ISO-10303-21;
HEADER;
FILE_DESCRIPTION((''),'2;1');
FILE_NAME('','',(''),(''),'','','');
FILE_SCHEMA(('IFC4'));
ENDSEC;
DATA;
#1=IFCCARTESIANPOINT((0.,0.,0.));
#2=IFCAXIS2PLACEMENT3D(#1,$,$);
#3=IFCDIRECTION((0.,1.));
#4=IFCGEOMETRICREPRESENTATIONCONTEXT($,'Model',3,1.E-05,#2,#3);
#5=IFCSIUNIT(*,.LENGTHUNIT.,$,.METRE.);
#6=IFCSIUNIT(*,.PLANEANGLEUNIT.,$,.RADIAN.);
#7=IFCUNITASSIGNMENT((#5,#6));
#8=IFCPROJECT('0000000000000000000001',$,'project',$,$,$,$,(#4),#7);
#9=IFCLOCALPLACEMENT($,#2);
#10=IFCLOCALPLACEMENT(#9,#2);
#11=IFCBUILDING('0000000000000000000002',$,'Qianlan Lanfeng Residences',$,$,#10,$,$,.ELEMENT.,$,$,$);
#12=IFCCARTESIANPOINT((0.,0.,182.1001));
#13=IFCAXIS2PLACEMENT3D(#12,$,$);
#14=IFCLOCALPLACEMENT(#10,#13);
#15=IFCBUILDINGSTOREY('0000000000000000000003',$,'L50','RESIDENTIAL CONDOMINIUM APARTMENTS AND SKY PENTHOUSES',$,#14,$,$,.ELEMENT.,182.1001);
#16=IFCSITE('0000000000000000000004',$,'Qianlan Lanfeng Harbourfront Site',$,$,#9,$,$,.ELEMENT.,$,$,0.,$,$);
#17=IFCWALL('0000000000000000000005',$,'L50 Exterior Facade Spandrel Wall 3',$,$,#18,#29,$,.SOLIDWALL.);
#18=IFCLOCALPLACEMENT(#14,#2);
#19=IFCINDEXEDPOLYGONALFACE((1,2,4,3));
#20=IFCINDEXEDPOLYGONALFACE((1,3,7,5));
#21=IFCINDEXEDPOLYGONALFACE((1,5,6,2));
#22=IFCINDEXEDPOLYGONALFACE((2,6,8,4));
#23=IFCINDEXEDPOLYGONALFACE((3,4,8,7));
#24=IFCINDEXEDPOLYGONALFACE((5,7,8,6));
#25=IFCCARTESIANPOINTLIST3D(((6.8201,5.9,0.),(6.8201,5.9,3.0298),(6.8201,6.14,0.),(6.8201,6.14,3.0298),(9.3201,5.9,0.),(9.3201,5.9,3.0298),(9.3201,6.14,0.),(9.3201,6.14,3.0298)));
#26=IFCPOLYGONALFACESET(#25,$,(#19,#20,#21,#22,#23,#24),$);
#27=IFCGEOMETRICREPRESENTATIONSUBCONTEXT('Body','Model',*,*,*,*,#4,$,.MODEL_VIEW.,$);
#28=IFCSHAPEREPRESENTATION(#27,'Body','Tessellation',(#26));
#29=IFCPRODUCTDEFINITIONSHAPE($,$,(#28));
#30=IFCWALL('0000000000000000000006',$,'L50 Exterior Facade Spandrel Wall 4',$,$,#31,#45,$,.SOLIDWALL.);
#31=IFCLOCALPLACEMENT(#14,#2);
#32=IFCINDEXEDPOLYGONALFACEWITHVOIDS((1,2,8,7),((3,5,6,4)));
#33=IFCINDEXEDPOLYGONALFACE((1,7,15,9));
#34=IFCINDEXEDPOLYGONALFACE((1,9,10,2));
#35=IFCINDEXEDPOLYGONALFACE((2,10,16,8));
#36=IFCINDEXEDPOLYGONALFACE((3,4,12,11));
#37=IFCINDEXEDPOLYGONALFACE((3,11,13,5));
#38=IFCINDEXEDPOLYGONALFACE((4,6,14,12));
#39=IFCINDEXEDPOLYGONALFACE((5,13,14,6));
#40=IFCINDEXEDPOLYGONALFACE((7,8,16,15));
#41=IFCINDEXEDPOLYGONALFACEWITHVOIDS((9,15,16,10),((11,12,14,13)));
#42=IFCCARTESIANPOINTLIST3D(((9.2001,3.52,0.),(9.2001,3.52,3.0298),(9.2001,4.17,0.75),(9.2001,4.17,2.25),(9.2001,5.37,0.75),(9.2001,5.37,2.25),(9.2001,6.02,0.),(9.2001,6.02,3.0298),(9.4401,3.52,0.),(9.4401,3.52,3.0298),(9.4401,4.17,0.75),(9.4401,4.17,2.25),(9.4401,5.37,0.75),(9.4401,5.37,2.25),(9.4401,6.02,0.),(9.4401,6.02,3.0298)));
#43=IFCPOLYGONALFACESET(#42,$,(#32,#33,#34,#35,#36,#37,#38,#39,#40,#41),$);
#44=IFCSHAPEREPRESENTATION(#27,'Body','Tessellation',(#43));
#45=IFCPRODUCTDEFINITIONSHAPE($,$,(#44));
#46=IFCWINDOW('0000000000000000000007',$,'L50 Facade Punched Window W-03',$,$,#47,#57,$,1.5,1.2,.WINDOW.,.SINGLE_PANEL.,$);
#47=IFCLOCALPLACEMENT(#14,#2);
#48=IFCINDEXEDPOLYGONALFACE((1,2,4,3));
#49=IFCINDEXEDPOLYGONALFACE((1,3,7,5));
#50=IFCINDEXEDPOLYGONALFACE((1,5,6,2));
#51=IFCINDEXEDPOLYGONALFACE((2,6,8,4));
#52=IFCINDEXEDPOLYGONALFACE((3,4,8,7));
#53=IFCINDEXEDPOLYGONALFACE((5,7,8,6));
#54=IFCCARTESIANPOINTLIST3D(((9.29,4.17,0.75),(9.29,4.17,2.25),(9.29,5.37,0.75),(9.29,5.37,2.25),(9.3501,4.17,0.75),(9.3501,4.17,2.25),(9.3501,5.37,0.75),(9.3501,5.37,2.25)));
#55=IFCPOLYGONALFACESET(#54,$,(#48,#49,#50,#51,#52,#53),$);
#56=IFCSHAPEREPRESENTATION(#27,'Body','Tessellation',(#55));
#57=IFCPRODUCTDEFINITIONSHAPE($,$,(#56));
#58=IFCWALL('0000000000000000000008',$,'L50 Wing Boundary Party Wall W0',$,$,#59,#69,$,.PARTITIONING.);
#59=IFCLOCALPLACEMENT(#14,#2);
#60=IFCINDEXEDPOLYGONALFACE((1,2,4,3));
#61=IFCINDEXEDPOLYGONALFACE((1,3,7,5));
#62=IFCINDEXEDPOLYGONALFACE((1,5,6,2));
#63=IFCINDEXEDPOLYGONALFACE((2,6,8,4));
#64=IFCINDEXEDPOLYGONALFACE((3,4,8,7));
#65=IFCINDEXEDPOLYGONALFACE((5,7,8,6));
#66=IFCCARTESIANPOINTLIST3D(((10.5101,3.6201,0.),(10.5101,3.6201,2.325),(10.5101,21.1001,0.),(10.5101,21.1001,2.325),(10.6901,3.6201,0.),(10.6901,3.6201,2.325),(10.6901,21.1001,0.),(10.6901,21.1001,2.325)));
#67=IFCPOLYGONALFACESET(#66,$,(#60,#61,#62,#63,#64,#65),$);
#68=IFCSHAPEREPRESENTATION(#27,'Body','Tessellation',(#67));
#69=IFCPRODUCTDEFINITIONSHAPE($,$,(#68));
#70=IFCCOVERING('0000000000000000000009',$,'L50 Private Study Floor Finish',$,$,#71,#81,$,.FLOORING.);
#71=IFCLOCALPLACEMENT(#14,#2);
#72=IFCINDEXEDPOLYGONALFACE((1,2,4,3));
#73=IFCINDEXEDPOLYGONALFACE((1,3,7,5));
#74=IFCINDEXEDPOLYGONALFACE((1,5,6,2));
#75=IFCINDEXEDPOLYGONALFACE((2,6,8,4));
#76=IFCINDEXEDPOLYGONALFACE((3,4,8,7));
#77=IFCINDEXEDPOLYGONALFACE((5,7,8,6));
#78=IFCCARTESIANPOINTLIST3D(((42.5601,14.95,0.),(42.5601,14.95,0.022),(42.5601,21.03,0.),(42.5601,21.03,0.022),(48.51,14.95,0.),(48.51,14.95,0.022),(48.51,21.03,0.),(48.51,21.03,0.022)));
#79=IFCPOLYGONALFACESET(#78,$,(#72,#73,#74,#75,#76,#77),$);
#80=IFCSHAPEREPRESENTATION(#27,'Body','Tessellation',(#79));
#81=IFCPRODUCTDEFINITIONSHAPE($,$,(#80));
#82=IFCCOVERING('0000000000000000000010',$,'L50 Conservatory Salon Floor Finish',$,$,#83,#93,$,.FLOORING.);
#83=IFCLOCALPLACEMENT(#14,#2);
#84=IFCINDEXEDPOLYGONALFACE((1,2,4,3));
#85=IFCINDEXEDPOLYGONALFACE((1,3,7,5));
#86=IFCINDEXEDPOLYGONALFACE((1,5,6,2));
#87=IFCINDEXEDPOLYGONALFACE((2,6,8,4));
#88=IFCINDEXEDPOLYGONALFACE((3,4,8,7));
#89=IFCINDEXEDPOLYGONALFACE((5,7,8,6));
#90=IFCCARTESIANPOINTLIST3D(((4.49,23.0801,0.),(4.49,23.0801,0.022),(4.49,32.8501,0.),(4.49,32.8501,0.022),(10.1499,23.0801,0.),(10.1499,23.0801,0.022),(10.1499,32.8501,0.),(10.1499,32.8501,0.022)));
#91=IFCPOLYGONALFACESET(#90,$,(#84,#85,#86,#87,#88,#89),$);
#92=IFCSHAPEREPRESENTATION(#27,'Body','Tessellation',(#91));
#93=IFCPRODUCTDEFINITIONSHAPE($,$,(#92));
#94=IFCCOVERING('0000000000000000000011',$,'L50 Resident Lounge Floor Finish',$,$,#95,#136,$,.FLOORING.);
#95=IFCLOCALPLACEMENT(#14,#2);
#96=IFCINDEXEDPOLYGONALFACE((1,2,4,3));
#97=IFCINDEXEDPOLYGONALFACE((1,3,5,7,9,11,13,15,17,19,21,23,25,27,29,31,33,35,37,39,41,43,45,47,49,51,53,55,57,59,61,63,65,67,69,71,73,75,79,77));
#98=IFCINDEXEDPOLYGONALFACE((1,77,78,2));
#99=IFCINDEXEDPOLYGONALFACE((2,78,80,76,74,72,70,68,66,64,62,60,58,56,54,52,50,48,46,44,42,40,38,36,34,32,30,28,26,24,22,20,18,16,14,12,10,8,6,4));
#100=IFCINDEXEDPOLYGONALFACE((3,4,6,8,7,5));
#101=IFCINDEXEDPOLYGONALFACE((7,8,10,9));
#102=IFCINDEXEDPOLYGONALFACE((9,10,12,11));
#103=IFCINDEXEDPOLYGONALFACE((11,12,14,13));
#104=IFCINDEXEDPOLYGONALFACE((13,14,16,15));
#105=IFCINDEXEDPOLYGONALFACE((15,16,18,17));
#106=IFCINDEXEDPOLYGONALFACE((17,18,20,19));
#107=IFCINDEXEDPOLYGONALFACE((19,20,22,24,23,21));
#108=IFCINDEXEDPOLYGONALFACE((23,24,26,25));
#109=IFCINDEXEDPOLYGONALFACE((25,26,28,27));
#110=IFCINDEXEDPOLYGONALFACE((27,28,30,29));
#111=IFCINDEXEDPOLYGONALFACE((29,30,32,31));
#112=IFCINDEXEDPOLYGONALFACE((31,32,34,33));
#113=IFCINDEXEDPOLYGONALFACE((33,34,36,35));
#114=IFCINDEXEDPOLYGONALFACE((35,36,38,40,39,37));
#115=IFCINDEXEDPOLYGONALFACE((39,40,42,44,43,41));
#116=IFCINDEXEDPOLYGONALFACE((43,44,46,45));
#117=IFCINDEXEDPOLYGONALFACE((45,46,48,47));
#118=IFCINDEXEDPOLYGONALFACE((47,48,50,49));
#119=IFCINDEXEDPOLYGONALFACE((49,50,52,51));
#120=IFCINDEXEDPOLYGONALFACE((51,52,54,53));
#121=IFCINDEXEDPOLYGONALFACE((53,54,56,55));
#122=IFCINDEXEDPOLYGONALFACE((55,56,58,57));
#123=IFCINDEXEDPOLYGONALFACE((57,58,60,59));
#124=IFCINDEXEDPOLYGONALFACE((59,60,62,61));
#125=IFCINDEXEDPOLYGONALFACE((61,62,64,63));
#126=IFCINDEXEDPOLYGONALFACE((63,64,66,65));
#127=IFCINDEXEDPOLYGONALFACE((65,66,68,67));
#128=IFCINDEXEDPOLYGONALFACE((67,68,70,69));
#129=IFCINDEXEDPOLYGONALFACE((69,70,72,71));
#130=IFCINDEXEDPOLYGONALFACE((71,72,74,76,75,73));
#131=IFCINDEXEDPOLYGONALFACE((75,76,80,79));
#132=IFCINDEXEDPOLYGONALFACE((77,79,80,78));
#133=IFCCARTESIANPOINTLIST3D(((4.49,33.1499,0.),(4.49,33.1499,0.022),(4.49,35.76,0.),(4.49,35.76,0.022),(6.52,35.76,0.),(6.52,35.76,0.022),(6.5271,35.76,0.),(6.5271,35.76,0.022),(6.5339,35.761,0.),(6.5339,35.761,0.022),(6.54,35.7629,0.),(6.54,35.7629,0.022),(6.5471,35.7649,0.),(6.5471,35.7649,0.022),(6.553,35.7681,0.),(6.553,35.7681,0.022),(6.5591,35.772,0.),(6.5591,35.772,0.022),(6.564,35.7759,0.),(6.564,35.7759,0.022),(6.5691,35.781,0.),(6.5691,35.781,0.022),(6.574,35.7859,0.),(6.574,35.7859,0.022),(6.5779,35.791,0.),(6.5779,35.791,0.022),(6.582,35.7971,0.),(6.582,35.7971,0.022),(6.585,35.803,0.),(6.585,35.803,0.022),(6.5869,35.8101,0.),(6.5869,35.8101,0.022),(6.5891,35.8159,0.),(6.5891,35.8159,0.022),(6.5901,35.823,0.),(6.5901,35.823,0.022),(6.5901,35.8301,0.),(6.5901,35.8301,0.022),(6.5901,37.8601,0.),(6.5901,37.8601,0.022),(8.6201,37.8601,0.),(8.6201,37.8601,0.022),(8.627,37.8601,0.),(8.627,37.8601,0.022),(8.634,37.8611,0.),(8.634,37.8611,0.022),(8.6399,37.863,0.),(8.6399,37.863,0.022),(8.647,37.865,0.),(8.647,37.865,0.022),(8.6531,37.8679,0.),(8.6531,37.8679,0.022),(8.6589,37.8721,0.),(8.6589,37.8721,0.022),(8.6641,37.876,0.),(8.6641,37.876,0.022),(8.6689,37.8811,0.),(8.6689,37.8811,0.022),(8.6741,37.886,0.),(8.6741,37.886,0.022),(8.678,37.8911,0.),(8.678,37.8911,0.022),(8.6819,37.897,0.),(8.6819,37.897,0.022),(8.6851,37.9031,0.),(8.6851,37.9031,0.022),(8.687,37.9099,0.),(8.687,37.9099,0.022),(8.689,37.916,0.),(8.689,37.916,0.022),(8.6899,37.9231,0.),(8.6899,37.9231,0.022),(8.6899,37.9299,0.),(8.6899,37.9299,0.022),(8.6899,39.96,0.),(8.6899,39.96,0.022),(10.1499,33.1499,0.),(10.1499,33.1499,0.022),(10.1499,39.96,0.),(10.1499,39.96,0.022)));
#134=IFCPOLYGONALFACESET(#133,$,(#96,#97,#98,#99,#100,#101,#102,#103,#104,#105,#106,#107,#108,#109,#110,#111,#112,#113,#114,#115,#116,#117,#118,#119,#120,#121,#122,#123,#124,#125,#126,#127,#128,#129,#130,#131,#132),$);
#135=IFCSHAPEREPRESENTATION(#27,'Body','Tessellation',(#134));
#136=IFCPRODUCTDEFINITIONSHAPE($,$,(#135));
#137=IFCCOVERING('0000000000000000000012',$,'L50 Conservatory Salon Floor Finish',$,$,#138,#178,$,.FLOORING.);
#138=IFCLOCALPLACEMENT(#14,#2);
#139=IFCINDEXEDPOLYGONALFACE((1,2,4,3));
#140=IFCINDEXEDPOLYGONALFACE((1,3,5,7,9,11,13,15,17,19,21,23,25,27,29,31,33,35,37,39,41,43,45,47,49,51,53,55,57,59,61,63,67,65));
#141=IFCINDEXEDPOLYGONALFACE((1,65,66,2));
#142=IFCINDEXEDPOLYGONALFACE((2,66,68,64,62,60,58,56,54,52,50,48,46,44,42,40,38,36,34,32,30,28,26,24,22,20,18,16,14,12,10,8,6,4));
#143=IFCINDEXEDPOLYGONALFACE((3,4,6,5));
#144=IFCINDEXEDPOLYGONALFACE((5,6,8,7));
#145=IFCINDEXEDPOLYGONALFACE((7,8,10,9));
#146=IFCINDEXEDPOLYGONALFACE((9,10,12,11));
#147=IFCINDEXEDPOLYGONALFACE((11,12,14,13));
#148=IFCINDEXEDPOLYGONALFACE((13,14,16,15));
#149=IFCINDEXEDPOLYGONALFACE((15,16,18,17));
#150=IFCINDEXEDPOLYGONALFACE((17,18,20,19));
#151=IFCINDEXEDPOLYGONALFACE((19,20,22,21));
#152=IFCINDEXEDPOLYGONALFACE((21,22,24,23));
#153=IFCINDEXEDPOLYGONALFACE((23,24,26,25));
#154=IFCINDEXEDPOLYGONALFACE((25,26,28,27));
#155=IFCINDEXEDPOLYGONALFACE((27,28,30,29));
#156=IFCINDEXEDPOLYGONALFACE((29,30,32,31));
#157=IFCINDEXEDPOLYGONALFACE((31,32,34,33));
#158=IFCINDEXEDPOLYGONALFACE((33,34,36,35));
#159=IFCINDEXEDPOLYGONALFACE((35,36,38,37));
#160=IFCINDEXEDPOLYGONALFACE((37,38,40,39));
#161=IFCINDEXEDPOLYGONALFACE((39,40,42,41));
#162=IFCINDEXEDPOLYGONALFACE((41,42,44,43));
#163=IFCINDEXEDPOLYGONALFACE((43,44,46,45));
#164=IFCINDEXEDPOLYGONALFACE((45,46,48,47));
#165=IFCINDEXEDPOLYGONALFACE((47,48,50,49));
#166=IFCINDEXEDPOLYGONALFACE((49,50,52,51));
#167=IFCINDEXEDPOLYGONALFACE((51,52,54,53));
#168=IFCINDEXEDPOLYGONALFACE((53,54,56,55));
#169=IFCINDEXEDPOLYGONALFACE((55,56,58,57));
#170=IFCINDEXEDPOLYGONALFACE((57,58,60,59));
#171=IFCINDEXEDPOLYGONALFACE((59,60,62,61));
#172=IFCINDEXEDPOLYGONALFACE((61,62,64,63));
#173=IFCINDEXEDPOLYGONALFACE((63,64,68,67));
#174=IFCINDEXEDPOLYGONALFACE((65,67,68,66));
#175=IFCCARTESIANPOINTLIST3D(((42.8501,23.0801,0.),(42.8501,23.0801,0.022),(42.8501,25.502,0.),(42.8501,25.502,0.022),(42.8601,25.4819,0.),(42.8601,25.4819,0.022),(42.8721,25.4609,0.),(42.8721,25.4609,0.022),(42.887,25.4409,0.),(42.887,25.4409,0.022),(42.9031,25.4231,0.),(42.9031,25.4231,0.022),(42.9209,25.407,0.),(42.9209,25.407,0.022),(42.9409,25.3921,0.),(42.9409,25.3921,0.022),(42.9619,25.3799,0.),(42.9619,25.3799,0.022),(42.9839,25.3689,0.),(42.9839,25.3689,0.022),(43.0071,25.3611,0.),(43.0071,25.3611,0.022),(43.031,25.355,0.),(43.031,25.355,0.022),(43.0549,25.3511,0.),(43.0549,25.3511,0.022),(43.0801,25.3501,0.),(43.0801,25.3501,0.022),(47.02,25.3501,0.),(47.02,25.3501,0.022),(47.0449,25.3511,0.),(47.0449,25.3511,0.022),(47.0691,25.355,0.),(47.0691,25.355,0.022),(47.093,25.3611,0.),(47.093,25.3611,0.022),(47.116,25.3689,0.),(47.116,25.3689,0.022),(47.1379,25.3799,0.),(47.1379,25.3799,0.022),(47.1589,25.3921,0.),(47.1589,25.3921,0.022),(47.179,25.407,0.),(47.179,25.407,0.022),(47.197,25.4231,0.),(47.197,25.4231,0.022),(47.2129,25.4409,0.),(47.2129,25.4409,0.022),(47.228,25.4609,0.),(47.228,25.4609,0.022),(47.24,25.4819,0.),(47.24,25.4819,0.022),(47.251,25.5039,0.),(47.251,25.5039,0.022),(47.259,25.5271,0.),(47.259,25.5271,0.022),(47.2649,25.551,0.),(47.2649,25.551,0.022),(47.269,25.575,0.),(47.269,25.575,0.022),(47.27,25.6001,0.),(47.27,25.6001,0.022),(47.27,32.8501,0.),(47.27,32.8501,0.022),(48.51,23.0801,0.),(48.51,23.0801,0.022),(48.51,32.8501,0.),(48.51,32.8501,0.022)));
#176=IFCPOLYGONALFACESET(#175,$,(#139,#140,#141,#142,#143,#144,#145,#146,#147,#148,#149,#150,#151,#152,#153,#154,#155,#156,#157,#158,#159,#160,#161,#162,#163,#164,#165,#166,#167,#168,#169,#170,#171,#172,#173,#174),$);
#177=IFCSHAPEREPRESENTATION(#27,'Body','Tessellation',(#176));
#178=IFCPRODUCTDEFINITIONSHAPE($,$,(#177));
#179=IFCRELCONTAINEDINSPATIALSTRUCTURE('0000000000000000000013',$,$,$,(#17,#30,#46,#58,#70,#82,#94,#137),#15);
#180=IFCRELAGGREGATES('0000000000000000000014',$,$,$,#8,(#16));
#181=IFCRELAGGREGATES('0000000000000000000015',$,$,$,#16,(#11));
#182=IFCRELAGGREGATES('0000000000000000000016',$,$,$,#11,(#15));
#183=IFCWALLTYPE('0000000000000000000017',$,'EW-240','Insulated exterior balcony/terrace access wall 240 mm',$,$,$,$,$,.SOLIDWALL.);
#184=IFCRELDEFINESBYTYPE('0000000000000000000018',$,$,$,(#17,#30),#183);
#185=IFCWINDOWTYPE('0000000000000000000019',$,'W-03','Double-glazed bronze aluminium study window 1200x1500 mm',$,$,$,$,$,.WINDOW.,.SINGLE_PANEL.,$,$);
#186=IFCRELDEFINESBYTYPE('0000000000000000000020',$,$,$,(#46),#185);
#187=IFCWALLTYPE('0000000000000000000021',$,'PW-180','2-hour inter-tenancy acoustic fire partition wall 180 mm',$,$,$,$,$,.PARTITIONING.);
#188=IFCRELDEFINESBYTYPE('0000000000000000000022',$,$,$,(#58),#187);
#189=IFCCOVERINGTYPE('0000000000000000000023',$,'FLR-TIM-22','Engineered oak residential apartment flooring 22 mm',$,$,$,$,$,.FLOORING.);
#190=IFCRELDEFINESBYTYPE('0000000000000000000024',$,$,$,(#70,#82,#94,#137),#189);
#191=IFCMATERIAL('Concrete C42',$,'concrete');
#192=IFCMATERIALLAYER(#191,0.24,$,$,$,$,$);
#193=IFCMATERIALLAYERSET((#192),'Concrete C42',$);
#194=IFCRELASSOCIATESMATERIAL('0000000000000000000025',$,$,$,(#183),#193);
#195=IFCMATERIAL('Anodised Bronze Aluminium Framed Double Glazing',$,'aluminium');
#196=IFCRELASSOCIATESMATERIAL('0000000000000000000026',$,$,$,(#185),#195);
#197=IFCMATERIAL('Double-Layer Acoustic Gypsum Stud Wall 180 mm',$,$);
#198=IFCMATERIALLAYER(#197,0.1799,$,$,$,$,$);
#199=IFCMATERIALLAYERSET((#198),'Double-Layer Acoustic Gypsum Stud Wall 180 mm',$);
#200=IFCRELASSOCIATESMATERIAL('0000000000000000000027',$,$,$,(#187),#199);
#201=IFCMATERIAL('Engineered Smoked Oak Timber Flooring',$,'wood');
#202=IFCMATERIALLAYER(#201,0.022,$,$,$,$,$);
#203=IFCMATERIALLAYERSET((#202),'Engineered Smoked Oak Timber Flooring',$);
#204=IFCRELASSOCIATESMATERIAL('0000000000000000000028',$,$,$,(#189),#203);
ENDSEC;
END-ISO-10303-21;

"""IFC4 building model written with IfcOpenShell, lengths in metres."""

from ifc_helpers import new_model, si_unit, direction, frame, frame_2d, origin, place, context, subcontext, project, spatial, polyline, rectangle, outline, extrude, material, layer, layer_set, type_object, element, fill, save


model = new_model("IFC4")

# Units and contexts
model_context = context("Model", 3, precision=1e-05, world=origin(), true_north=direction((0.0, 1.0)))
body_context = subcontext(model_context, "Body", "Model", "MODEL_VIEW")
ifc_project = project(units=[si_unit("LENGTHUNIT", "METRE"), si_unit("PLANEANGLEUNIT", "RADIAN")], contexts=[model_context])

# Site, building, storey
site_placement = place(None, origin())
site = spatial("IfcSite", under=ifc_project, at=site_placement, Name="Qianlan Lanfeng Harbourfront Site", CompositionType="ELEMENT", RefElevation=0.0)
building_placement = place(site_placement, origin())
building = spatial("IfcBuilding", under=site, at=building_placement, Name="Qianlan Lanfeng Residences", CompositionType="ELEMENT")
storey_placement = place(building_placement, frame((0.0, 0.0, 182.1001)))
storey = spatial("IfcBuildingStorey", under=building, at=storey_placement, Name="L50", Description="RESIDENTIAL CONDOMINIUM APARTMENTS AND SKY PENTHOUSES", CompositionType="ELEMENT", Elevation=182.1001)

# Wall
ifc_material_1 = material(Name="Concrete C42", Category="concrete")
ifc_layer_1 = layer(ifc_material_1, 0.24)
ifc_layer_set_1 = layer_set([ifc_layer_1], Name="Concrete C42")
wall_type_1 = type_object("IfcWallType", Name="EW-240", Description="Insulated exterior balcony/terrace access wall 240 mm", PredefinedType="SOLIDWALL", material=ifc_layer_set_1)
for number, where, z_axis, x_axis, name in (
    (1, (6.8201, 6.02, 0.0), (0.0, 0.0, 1.0), (1.0, 0.0, 0.0), "L50 Exterior Facade Spandrel Wall 3"),
):
    element("IfcWall", number, at=place(storey_placement, frame(where, z_axis=z_axis, x_axis=x_axis)), inside=storey, type_object=wall_type_1, Name=name, PredefinedType="SOLIDWALL", context=body_context, shape_type="SweptSolid", body=[
        extrude(rectangle(XDim=2.5, YDim=0.24, at=frame_2d((1.25, 0.0))), origin(), (0.0, 0.0, 1.0), 3.0298),
    ])

# Wall, opening, window
wall_1_placement = place(storey_placement, frame((9.3201, 6.02, 0.0), z_axis=(0.0, 0.0, 1.0), x_axis=(0.0, -1.0, 0.0)))
wall_1 = element("IfcWall", 2, at=wall_1_placement, inside=storey, type_object=wall_type_1, Name="L50 Exterior Facade Spandrel Wall 4", PredefinedType="SOLIDWALL", context=body_context, shape_type="SweptSolid", body=[
    extrude(rectangle(XDim=2.5, YDim=0.24, at=frame_2d((1.25, 0.0))), origin(), (0.0, 0.0, 1.0), 3.0298),
])
opening_placement = place(wall_1_placement, frame((0.6499, 0.0, 0.75)))
opening = element("IfcOpeningElement", 3, at=opening_placement, cuts=wall_1, PredefinedType="OPENING", context=body_context, shape_type="SweptSolid", body=[
    extrude(rectangle(XDim=1.2, YDim=1.5, at=frame_2d((0.6001, 0.75))), frame((0.0, 0.1299, 0.0), z_axis=(0.0, -1.0, 0.0), x_axis=(1.0, 0.0, 0.0)), (0.0, 0.0, 1.0), 0.26),
])
ifc_material_2 = material(Name="Anodised Bronze Aluminium Framed Double Glazing", Category="aluminium")
window_type = type_object("IfcWindowType", Name="W-03", Description="Double-glazed bronze aluminium study window 1200x1500 mm", PartitioningType="SINGLE_PANEL", PredefinedType="WINDOW", material=ifc_material_2)
window_placement = place(opening_placement, origin())
window = element("IfcWindow", 4, at=window_placement, inside=storey, type_object=window_type, Name="L50 Facade Punched Window W-03", OverallHeight=1.5, OverallWidth=1.2, PartitioningType="SINGLE_PANEL", PredefinedType="WINDOW", context=body_context, shape_type="SweptSolid", body=[
    extrude(rectangle(XDim=1.2, YDim=1.5, at=frame_2d((0.6001, 0.75))), frame((0.0, 0.03, 0.0), z_axis=(0.0, -1.0, 0.0), x_axis=(1.0, 0.0, 0.0)), (0.0, 0.0, 1.0), 0.0601),
])
fill(opening, window)

# Wall
ifc_material_3 = material(Name="Double-Layer Acoustic Gypsum Stud Wall 180 mm")
ifc_layer_2 = layer(ifc_material_3, 0.1799)
ifc_layer_set_2 = layer_set([ifc_layer_2], Name="Double-Layer Acoustic Gypsum Stud Wall 180 mm")
wall_type_2 = type_object("IfcWallType", Name="PW-180", Description="2-hour inter-tenancy acoustic fire partition wall 180 mm", PredefinedType="PARTITIONING", material=ifc_layer_set_2)
wall_2_placement = place(storey_placement, frame((10.6001, 3.6201, 0.0), z_axis=(0.0, 0.0, 1.0), x_axis=(0.0, 1.0, 0.0)))
element("IfcWall", 5, at=wall_2_placement, inside=storey, type_object=wall_type_2, Name="L50 Wing Boundary Party Wall W0", PredefinedType="PARTITIONING", context=body_context, shape_type="SweptSolid", body=[
    extrude(rectangle(XDim=17.48, YDim=0.1799, at=frame_2d((8.74, 0.0))), origin(), (0.0, 0.0, 1.0), 2.325),
])

# Coverings
ifc_material_4 = material(Name="Engineered Smoked Oak Timber Flooring", Category="wood")
ifc_layer_3 = layer(ifc_material_4, 0.022)
ifc_layer_set_3 = layer_set([ifc_layer_3], Name="Engineered Smoked Oak Timber Flooring")
covering_type = type_object("IfcCoveringType", Name="FLR-TIM-22", Description="Engineered oak residential apartment flooring 22 mm", PredefinedType="FLOORING", material=ifc_layer_set_3)
covering_1_placement = place(storey_placement, origin())
element("IfcCovering", 6, at=covering_1_placement, inside=storey, type_object=covering_type, Name="L50 Private Study Floor Finish", PredefinedType="FLOORING", context=body_context, shape_type="SweptSolid", body=[
    extrude(outline(polyline([(48.51, 21.03), (42.5601, 21.03), (42.5601, 14.95), (48.51, 14.95), (48.51, 21.03)])), origin(), (0.0, 0.0, 1.0), 0.022),
])
covering_2_placement = place(storey_placement, origin())
element("IfcCovering", 7, at=covering_2_placement, inside=storey, type_object=covering_type, Name="L50 Conservatory Salon Floor Finish", PredefinedType="FLOORING", context=body_context, shape_type="SweptSolid", body=[
    extrude(outline(polyline([(10.1499, 32.8501), (4.49, 32.8501), (4.49, 23.0801), (10.1499, 23.0801), (10.1499, 32.8501)])), origin(), (0.0, 0.0, 1.0), 0.022),
])
covering_3_placement = place(storey_placement, origin())
element("IfcCovering", 8, at=covering_3_placement, inside=storey, type_object=covering_type, Name="L50 Resident Lounge Floor Finish", PredefinedType="FLOORING", context=body_context, shape_type="SweptSolid", body=[
    extrude(outline(polyline([(4.49, 33.1499), (10.1499, 33.1499), (10.1499, 39.96), (8.6899, 39.96), (8.6899, 37.9299), (8.6899, 37.9231), (8.689, 37.916), (8.687, 37.9099), (8.6851, 37.9031), (8.6819, 37.897), (8.678, 37.8911), (8.6741, 37.886), (8.6689, 37.8811), (8.6641, 37.876), (8.6589, 37.8721), (8.6531, 37.8679), (8.647, 37.865), (8.6399, 37.863), (8.634, 37.8611), (8.627, 37.8601), (8.6201, 37.8601), (6.5901, 37.8601), (6.5901, 35.8301), (6.5901, 35.823), (6.5891, 35.8159), (6.5869, 35.8101), (6.585, 35.803), (6.582, 35.7971), (6.5779, 35.791), (6.574, 35.7859), (6.5691, 35.781), (6.564, 35.7759), (6.5591, 35.772), (6.553, 35.7681), (6.5471, 35.7649), (6.54, 35.7629), (6.5339, 35.761), (6.5271, 35.76), (6.52, 35.76), (4.49, 35.76), (4.49, 33.1499)])), origin(), (0.0, 0.0, 1.0), 0.022),
])
covering_4_placement = place(storey_placement, origin())
element("IfcCovering", 9, at=covering_4_placement, inside=storey, type_object=covering_type, Name="L50 Conservatory Salon Floor Finish", PredefinedType="FLOORING", context=body_context, shape_type="SweptSolid", body=[
    extrude(outline(polyline([(48.51, 32.8501), (47.27, 32.8501), (47.27, 25.6001), (47.269, 25.575), (47.2649, 25.551), (47.259, 25.5271), (47.251, 25.5039), (47.24, 25.4819), (47.228, 25.4609), (47.2129, 25.4409), (47.197, 25.4231), (47.179, 25.407), (47.1589, 25.3921), (47.1379, 25.3799), (47.116, 25.3689), (47.093, 25.3611), (47.0691, 25.355), (47.0449, 25.3511), (47.02, 25.3501), (43.0801, 25.3501), (43.0549, 25.3511), (43.031, 25.355), (43.0071, 25.3611), (42.9839, 25.3689), (42.9619, 25.3799), (42.9409, 25.3921), (42.9209, 25.407), (42.9031, 25.4231), (42.887, 25.4409), (42.8721, 25.4609), (42.8601, 25.4819), (42.8501, 25.502), (42.8501, 23.0801), (48.51, 23.0801), (48.51, 32.8501)])), origin(), (0.0, 0.0, 1.0), 0.022),
])

save(model, "model.ifc")
